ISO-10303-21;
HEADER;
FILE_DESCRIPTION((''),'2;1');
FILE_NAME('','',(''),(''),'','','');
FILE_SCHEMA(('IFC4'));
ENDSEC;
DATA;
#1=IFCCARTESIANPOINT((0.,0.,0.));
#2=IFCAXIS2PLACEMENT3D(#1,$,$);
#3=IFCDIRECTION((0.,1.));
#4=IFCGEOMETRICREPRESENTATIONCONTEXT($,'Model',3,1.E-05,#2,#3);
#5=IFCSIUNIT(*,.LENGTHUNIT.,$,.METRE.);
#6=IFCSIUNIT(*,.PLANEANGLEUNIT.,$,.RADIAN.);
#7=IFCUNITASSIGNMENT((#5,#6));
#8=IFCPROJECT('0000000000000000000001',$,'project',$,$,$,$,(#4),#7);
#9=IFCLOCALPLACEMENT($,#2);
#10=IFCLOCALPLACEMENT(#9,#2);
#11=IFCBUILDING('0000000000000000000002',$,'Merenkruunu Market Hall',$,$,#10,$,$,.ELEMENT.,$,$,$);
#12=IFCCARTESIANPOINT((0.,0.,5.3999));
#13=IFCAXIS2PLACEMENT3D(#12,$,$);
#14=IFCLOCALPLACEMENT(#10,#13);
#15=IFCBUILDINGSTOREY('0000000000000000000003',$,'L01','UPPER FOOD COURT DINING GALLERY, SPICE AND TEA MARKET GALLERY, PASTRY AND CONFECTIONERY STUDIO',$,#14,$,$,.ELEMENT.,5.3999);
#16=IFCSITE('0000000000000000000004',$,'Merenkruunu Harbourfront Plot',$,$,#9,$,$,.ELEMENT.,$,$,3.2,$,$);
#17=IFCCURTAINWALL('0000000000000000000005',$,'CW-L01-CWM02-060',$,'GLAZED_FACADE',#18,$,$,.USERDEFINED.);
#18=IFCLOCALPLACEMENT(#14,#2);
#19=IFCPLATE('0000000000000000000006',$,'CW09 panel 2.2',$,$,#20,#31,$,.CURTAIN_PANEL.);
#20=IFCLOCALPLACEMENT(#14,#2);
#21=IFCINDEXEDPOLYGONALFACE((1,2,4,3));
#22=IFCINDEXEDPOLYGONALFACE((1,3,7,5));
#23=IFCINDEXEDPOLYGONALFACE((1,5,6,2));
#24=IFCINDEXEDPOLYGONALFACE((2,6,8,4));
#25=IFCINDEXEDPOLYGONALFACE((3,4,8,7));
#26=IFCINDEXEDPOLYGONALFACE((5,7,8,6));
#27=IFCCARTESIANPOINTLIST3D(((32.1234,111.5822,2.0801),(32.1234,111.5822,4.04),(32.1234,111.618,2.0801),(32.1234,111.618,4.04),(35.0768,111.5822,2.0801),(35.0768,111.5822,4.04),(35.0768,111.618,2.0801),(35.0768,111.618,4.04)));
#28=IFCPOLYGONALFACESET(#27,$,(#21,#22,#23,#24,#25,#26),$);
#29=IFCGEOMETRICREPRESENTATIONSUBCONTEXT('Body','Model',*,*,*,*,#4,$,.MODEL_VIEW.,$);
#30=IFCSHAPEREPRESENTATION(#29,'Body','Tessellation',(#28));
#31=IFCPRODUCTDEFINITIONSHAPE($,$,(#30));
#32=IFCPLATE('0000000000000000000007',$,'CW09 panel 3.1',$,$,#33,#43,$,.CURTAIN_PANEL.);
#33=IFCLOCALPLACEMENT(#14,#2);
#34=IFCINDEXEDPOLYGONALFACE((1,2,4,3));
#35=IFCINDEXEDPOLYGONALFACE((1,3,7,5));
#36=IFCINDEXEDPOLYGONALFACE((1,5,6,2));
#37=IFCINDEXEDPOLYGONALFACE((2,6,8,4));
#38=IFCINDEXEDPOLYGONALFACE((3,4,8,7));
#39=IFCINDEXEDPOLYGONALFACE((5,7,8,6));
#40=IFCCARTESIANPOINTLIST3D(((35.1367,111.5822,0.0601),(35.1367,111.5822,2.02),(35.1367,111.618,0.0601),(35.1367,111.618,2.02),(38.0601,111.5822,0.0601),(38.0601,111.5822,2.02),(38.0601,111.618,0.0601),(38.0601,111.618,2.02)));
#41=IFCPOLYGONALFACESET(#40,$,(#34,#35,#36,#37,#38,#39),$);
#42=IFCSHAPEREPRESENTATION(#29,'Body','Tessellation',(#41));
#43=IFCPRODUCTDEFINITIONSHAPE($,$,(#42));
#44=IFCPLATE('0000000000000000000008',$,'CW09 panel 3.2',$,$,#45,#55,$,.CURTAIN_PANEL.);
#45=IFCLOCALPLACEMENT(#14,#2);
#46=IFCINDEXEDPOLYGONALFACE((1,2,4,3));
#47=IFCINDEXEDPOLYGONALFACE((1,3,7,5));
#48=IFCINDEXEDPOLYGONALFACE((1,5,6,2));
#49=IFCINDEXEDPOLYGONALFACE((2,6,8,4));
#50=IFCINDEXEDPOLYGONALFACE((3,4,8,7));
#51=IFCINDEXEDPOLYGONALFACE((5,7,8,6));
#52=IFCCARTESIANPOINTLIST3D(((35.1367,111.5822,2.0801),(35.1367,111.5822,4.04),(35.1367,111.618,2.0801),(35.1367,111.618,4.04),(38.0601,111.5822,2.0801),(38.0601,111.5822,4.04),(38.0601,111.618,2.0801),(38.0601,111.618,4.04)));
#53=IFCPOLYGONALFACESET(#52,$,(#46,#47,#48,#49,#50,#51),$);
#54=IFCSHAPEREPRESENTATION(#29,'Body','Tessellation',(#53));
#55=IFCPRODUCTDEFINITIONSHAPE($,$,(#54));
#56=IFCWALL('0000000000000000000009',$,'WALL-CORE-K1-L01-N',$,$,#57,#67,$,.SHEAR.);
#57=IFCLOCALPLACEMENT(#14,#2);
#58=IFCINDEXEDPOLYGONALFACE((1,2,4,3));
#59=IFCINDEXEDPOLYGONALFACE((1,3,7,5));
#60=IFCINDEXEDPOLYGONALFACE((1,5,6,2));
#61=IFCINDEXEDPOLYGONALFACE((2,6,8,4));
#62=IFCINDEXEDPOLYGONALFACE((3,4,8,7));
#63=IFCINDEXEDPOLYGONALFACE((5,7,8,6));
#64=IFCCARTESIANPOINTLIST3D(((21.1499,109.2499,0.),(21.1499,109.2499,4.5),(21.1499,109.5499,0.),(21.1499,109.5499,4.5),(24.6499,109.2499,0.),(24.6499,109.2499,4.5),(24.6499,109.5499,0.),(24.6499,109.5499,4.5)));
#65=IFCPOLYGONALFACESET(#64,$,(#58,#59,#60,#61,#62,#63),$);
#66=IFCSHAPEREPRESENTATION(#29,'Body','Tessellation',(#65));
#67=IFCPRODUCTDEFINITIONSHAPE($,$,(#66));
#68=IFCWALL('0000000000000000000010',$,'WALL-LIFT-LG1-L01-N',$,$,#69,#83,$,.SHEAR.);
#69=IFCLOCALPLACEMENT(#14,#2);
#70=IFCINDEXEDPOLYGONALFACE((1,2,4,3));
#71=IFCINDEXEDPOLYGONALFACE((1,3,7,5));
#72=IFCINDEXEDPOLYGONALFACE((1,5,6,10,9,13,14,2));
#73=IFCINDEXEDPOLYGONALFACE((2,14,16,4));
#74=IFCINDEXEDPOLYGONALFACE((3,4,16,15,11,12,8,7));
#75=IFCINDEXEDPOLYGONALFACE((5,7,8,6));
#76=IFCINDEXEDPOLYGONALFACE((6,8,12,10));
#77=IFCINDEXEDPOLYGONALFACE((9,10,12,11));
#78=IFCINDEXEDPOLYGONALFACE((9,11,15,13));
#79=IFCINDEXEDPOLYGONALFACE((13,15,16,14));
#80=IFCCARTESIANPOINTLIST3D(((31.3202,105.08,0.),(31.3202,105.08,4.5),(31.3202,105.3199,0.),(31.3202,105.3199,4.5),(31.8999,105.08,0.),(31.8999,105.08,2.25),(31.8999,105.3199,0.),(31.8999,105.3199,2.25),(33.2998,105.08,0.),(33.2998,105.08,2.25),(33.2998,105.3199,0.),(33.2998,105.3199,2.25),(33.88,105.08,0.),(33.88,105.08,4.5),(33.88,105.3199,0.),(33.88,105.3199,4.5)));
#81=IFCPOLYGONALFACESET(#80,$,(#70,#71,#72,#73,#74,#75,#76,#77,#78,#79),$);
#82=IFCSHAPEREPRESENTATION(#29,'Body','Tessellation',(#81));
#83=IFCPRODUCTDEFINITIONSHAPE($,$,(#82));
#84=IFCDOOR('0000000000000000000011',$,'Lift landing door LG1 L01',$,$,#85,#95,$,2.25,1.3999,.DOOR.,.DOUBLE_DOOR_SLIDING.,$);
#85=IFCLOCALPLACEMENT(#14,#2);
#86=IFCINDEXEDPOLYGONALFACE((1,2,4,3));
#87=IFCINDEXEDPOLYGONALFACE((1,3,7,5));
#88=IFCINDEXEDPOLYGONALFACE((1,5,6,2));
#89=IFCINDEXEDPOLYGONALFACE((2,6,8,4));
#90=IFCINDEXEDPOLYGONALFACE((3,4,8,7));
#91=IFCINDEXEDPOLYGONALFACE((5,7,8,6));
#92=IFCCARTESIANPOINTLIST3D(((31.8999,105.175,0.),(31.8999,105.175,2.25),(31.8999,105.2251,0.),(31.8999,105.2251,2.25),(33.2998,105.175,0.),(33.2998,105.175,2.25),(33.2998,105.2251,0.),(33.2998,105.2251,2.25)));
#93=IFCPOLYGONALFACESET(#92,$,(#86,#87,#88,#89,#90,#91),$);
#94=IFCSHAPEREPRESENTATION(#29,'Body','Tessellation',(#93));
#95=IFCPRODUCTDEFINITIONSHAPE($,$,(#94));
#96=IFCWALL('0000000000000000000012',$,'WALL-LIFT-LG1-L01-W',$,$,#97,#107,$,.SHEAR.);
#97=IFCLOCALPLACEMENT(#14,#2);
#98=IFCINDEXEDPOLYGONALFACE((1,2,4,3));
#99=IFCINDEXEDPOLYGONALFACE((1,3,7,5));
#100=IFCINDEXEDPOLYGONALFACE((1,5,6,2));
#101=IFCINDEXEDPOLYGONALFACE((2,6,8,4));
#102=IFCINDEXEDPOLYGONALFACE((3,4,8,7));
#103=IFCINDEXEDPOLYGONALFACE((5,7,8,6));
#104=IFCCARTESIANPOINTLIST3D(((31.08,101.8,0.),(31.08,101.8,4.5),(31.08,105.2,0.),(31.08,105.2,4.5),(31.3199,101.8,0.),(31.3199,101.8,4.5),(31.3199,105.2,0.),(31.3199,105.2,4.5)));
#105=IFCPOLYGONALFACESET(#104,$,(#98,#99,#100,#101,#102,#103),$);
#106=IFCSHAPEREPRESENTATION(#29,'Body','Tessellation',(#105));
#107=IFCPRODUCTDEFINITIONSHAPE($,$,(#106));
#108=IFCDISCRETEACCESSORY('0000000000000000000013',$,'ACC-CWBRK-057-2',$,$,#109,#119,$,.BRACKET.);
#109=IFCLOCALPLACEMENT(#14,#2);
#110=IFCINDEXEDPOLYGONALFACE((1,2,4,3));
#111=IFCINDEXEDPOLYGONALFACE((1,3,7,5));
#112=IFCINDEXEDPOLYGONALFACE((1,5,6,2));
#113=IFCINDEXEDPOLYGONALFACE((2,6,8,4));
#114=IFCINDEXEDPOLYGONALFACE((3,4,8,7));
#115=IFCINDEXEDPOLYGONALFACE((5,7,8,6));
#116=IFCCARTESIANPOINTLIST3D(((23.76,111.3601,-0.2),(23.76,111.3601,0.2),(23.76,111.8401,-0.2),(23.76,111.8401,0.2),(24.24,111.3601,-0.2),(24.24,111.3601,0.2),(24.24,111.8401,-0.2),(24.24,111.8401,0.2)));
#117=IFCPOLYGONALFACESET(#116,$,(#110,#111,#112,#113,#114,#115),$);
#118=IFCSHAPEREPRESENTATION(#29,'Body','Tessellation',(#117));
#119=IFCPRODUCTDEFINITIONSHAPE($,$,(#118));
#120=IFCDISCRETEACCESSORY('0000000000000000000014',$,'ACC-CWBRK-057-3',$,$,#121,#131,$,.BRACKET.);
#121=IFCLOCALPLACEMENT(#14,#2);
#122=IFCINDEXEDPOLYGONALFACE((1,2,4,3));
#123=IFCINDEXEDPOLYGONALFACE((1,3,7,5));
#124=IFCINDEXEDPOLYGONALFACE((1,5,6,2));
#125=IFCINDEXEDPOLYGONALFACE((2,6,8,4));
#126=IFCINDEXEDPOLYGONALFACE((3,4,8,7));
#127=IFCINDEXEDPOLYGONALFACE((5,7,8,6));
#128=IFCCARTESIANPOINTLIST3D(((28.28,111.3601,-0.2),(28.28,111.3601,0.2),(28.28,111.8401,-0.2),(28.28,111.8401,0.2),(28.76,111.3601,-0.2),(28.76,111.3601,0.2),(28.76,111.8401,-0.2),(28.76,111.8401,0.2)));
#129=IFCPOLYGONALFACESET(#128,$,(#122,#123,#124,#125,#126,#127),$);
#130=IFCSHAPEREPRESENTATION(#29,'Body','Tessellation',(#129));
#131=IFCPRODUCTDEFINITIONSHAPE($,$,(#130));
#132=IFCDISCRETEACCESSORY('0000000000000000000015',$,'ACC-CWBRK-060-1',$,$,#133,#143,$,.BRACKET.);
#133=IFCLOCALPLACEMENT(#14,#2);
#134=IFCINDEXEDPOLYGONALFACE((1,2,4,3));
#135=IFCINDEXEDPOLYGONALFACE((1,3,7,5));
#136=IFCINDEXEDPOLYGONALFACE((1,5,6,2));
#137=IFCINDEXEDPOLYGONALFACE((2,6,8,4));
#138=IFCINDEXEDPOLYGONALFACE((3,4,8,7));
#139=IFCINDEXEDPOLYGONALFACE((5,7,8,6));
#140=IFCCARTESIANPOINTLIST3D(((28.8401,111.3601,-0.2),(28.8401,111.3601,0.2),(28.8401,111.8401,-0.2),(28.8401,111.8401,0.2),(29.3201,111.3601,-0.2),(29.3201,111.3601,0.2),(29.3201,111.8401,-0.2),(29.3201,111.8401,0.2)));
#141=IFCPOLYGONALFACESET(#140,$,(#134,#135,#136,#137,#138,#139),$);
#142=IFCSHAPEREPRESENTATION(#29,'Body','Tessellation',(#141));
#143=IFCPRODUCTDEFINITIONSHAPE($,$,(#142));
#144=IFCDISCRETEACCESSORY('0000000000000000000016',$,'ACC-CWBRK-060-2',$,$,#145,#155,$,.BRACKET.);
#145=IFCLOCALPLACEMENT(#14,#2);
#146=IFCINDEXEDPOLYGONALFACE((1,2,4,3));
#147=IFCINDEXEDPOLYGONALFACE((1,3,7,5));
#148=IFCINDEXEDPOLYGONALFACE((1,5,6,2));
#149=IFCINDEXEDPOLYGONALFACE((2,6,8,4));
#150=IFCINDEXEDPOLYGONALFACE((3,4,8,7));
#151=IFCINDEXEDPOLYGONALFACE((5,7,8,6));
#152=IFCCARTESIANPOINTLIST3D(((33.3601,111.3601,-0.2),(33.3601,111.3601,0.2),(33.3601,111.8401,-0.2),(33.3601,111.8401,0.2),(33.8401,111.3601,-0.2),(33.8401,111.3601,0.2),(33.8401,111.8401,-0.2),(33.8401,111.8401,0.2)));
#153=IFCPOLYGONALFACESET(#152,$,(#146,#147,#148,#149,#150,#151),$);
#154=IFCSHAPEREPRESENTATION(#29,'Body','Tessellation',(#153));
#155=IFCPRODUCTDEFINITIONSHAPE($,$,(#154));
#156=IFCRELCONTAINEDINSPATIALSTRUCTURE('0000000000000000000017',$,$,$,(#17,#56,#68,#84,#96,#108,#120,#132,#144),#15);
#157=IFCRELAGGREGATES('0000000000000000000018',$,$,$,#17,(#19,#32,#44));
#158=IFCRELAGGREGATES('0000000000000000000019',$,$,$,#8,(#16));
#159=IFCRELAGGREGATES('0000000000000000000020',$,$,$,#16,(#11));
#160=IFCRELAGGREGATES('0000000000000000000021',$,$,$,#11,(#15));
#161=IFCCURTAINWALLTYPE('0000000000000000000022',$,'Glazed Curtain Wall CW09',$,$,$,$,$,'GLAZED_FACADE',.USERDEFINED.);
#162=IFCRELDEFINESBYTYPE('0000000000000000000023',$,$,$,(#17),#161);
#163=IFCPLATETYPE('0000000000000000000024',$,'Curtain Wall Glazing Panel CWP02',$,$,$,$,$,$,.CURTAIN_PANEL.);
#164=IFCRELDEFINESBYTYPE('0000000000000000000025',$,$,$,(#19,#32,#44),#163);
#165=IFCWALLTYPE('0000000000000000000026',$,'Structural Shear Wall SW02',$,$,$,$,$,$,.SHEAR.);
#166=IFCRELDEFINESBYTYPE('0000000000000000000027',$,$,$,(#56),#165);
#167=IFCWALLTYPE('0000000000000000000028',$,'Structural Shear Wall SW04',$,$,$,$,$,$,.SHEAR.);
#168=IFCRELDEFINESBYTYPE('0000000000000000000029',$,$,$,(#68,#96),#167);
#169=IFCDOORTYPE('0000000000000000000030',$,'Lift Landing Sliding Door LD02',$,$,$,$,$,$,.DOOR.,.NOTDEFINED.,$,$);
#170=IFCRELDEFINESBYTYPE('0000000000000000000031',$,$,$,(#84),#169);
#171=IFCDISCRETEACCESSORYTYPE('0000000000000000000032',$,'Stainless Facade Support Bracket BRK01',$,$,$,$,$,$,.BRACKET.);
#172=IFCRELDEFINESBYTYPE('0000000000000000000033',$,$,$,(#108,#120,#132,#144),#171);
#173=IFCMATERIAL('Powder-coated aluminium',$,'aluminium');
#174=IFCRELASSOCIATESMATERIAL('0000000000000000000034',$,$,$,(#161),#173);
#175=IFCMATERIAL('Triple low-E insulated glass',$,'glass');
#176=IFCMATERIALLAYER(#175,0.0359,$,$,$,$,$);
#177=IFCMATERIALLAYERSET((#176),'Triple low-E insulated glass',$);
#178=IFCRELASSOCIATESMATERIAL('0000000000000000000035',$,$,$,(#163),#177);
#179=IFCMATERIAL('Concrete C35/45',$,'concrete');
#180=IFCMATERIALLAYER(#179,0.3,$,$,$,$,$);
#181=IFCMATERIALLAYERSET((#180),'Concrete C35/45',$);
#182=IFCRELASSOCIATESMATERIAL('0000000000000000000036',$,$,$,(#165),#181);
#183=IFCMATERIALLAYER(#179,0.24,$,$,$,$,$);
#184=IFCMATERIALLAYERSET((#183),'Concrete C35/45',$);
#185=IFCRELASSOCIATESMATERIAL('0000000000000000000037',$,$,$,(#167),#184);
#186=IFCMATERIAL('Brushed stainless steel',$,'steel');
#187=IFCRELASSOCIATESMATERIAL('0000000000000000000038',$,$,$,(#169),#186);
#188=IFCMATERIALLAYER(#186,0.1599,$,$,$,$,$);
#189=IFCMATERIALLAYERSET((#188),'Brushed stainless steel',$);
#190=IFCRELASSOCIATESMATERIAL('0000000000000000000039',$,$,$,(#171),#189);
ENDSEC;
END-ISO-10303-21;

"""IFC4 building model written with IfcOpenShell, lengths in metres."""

from ifc_helpers import new_model, si_unit, direction, frame, frame_2d, origin, origin_2d, place, context, subcontext, project, spatial, rectangle, extrude, material, layer, layer_set, type_object, element, fill, aggregate, save


model = new_model("IFC4")

# Units and contexts
model_context = context("Model", 3, precision=1e-05, world=origin(), true_north=direction((0.0, 1.0)))
body_context = subcontext(model_context, "Body", "Model", "MODEL_VIEW")
ifc_project = project(units=[si_unit("LENGTHUNIT", "METRE"), si_unit("PLANEANGLEUNIT", "RADIAN")], contexts=[model_context])

# Site, building, storey
site_placement = place(None, origin())
site = spatial("IfcSite", under=ifc_project, at=site_placement, Name="Merenkruunu Harbourfront Plot", CompositionType="ELEMENT", RefElevation=3.2)
building_placement = place(site_placement, origin())
building = spatial("IfcBuilding", under=site, at=building_placement, Name="Merenkruunu Market Hall", CompositionType="ELEMENT")
storey_placement = place(building_placement, frame((0.0, 0.0, 5.3999)))
storey = spatial("IfcBuildingStorey", under=building, at=storey_placement, Name="L01", Description="UPPER FOOD COURT DINING GALLERY, SPICE AND TEA MARKET GALLERY, PASTRY AND CONFECTIONERY STUDIO", CompositionType="ELEMENT", Elevation=5.3999)

# Curtain wall
ifc_material_1 = material(Name="Powder-coated aluminium", Category="aluminium")
curtain_wall_type = type_object("IfcCurtainWallType", Name="Glazed Curtain Wall CW09", ElementType="GLAZED_FACADE", PredefinedType="USERDEFINED", material=ifc_material_1)
curtain_wall_1_placement = place(storey_placement, origin())
curtain_wall_1 = element("IfcCurtainWall", 1, at=curtain_wall_1_placement, inside=storey, type_object=curtain_wall_type, Name="CW-L01-CWM02-060", ObjectType="GLAZED_FACADE", PredefinedType="USERDEFINED")

# Plates
ifc_material_2 = material(Name="Triple low-E insulated glass", Category="glass")
ifc_layer_1 = layer(ifc_material_2, 0.0359)
ifc_layer_set_1 = layer_set([ifc_layer_1], Name="Triple low-E insulated glass")
plate_type = type_object("IfcPlateType", Name="Curtain Wall Glazing Panel CWP02", PredefinedType="CURTAIN_PANEL", material=ifc_layer_set_1)
plate_1_placement = place(storey_placement, frame((33.6001, 111.6001, 2.0801), z_axis=(0.0, 0.0, 1.0), x_axis=(1.0, 0.0, 0.0)))
plate_1 = element("IfcPlate", 2, at=plate_1_placement, type_object=plate_type, Name="CW09 panel 2.2", PredefinedType="CURTAIN_PANEL", context=body_context, shape_type="SweptSolid", body=[
    extrude(rectangle(XDim=2.9534, YDim=0.0359, at=origin_2d()), origin(), (0.0, 0.0, 1.0), 1.96),
])
plate_2_placement = place(storey_placement, frame((36.5984, 111.6001, 0.0601), z_axis=(0.0, 0.0, 1.0), x_axis=(1.0, 0.0, 0.0)))
plate_2 = element("IfcPlate", 3, at=plate_2_placement, type_object=plate_type, Name="CW09 panel 3.1", PredefinedType="CURTAIN_PANEL", context=body_context, shape_type="SweptSolid", body=[
    extrude(rectangle(XDim=2.9233, YDim=0.0359, at=origin_2d()), origin(), (0.0, 0.0, 1.0), 1.96),
])
plate_3_placement = place(storey_placement, frame((36.5984, 111.6001, 2.0801), z_axis=(0.0, 0.0, 1.0), x_axis=(1.0, 0.0, 0.0)))
plate_3 = element("IfcPlate", 4, at=plate_3_placement, type_object=plate_type, Name="CW09 panel 3.2", PredefinedType="CURTAIN_PANEL", context=body_context, shape_type="SweptSolid", body=[
    extrude(rectangle(XDim=2.9233, YDim=0.0359, at=origin_2d()), origin(), (0.0, 0.0, 1.0), 1.96),
])
aggregate(curtain_wall_1, [plate_1, plate_2, plate_3])

# Wall
ifc_material_3 = material(Name="Concrete C35/45", Category="concrete")
ifc_layer_2 = layer(ifc_material_3, 0.3)
ifc_layer_set_2 = layer_set([ifc_layer_2], Name="Concrete C35/45")
wall_type_1 = type_object("IfcWallType", Name="Structural Shear Wall SW02", PredefinedType="SHEAR", material=ifc_layer_set_2)
wall_1_placement = place(storey_placement, frame((24.6499, 109.3999, 0.0), z_axis=(0.0, 0.0, 1.0), x_axis=(-1.0, 0.0, 0.0)))
element("IfcWall", 5, at=wall_1_placement, inside=storey, type_object=wall_type_1, Name="WALL-CORE-K1-L01-N", PredefinedType="SHEAR", context=body_context, shape_type="SweptSolid", body=[
    extrude(rectangle(XDim=3.5, YDim=0.3, at=frame_2d((1.75, 0.0))), origin(), (0.0, 0.0, 1.0), 4.5),
])

# Wall, opening, door
ifc_layer_3 = layer(ifc_material_3, 0.24)
ifc_layer_set_3 = layer_set([ifc_layer_3], Name="Concrete C35/45")
wall_type_2 = type_object("IfcWallType", Name="Structural Shear Wall SW04", PredefinedType="SHEAR", material=ifc_layer_set_3)
wall_2_placement = place(storey_placement, frame((33.8799, 105.2, 0.0), z_axis=(0.0, 0.0, 1.0), x_axis=(-1.0, 0.0, 0.0)))
wall_2 = element("IfcWall", 6, at=wall_2_placement, inside=storey, type_object=wall_type_2, Name="WALL-LIFT-LG1-L01-N", PredefinedType="SHEAR", context=body_context, shape_type="SweptSolid", body=[
    extrude(rectangle(XDim=2.5598, YDim=0.24, at=frame_2d((1.2798, 0.0))), origin(), (0.0, 0.0, 1.0), 4.5),
])
opening_placement = place(wall_2_placement, frame((0.5801, 0.0, 0.0)))
opening = element("IfcOpeningElement", 7, at=opening_placement, cuts=wall_2, PredefinedType="OPENING", context=body_context, shape_type="SweptSolid", body=[
    extrude(rectangle(XDim=1.3999, YDim=2.25, at=frame_2d((0.7, 1.125))), frame((0.0, 0.1299, 0.0), z_axis=(0.0, -1.0, 0.0), x_axis=(1.0, 0.0, 0.0)), (0.0, 0.0, 1.0), 0.26),
])
ifc_material_4 = material(Name="Brushed stainless steel", Category="steel")
door_type = type_object("IfcDoorType", Name="Lift Landing Sliding Door LD02", OperationType="NOTDEFINED", PredefinedType="DOOR", material=ifc_material_4)
door_placement = place(opening_placement, origin())
door = element("IfcDoor", 8, at=door_placement, inside=storey, type_object=door_type, Name="Lift landing door LG1 L01", OperationType="DOUBLE_DOOR_SLIDING", OverallHeight=2.25, OverallWidth=1.3999, PredefinedType="DOOR", context=body_context, shape_type="SweptSolid", body=[
    extrude(rectangle(XDim=1.3999, YDim=2.25, at=frame_2d((0.7, 1.125))), frame((0.0, 0.0249, 0.0), z_axis=(0.0, -1.0, 0.0), x_axis=(1.0, 0.0, 0.0)), (0.0, 0.0, 1.0), 0.05),
])
fill(opening, door)

# Wall
wall_3_placement = place(storey_placement, frame((31.2, 105.2, 0.0), z_axis=(0.0, 0.0, 1.0), x_axis=(0.0, -1.0, 0.0)))
element("IfcWall", 9, at=wall_3_placement, inside=storey, type_object=wall_type_2, Name="WALL-LIFT-LG1-L01-W", PredefinedType="SHEAR", context=body_context, shape_type="SweptSolid", body=[
    extrude(rectangle(XDim=3.3999, YDim=0.24, at=frame_2d((1.7, 0.0))), origin(), (0.0, 0.0, 1.0), 4.5),
])

# Discrete accessories
ifc_layer_4 = layer(ifc_material_4, 0.1599)
ifc_layer_set_4 = layer_set([ifc_layer_4], Name="Brushed stainless steel")
discrete_accessory_type = type_object("IfcDiscreteAccessoryType", Name="Stainless Facade Support Bracket BRK01", PredefinedType="BRACKET", material=ifc_layer_set_4)
for number, where, z_axis, x_axis, name in (
    (10, (24.0, 111.6001, -0.2), (0.0, 0.0, 1.0), (1.0, 0.0, 0.0), "ACC-CWBRK-057-2"),
    (11, (28.52, 111.6001, -0.2), (0.0, 0.0, 1.0), (1.0, 0.0, 0.0), "ACC-CWBRK-057-3"),
    (12, (29.0801, 111.6001, -0.2), (0.0, 0.0, 1.0), (1.0, 0.0, 0.0), "ACC-CWBRK-060-1"),
    (13, (33.6001, 111.6001, -0.2), (0.0, 0.0, 1.0), (1.0, 0.0, 0.0), "ACC-CWBRK-060-2"),
):
    element("IfcDiscreteAccessory", number, at=place(storey_placement, frame(where, z_axis=z_axis, x_axis=x_axis)), inside=storey, type_object=discrete_accessory_type, Name=name, PredefinedType="BRACKET", context=body_context, shape_type="SweptSolid", body=[
        extrude(rectangle(XDim=0.48, YDim=0.48, at=origin_2d()), origin(), (0.0, 0.0, 1.0), 0.3999),
    ])

save(model, "model.ifc")
